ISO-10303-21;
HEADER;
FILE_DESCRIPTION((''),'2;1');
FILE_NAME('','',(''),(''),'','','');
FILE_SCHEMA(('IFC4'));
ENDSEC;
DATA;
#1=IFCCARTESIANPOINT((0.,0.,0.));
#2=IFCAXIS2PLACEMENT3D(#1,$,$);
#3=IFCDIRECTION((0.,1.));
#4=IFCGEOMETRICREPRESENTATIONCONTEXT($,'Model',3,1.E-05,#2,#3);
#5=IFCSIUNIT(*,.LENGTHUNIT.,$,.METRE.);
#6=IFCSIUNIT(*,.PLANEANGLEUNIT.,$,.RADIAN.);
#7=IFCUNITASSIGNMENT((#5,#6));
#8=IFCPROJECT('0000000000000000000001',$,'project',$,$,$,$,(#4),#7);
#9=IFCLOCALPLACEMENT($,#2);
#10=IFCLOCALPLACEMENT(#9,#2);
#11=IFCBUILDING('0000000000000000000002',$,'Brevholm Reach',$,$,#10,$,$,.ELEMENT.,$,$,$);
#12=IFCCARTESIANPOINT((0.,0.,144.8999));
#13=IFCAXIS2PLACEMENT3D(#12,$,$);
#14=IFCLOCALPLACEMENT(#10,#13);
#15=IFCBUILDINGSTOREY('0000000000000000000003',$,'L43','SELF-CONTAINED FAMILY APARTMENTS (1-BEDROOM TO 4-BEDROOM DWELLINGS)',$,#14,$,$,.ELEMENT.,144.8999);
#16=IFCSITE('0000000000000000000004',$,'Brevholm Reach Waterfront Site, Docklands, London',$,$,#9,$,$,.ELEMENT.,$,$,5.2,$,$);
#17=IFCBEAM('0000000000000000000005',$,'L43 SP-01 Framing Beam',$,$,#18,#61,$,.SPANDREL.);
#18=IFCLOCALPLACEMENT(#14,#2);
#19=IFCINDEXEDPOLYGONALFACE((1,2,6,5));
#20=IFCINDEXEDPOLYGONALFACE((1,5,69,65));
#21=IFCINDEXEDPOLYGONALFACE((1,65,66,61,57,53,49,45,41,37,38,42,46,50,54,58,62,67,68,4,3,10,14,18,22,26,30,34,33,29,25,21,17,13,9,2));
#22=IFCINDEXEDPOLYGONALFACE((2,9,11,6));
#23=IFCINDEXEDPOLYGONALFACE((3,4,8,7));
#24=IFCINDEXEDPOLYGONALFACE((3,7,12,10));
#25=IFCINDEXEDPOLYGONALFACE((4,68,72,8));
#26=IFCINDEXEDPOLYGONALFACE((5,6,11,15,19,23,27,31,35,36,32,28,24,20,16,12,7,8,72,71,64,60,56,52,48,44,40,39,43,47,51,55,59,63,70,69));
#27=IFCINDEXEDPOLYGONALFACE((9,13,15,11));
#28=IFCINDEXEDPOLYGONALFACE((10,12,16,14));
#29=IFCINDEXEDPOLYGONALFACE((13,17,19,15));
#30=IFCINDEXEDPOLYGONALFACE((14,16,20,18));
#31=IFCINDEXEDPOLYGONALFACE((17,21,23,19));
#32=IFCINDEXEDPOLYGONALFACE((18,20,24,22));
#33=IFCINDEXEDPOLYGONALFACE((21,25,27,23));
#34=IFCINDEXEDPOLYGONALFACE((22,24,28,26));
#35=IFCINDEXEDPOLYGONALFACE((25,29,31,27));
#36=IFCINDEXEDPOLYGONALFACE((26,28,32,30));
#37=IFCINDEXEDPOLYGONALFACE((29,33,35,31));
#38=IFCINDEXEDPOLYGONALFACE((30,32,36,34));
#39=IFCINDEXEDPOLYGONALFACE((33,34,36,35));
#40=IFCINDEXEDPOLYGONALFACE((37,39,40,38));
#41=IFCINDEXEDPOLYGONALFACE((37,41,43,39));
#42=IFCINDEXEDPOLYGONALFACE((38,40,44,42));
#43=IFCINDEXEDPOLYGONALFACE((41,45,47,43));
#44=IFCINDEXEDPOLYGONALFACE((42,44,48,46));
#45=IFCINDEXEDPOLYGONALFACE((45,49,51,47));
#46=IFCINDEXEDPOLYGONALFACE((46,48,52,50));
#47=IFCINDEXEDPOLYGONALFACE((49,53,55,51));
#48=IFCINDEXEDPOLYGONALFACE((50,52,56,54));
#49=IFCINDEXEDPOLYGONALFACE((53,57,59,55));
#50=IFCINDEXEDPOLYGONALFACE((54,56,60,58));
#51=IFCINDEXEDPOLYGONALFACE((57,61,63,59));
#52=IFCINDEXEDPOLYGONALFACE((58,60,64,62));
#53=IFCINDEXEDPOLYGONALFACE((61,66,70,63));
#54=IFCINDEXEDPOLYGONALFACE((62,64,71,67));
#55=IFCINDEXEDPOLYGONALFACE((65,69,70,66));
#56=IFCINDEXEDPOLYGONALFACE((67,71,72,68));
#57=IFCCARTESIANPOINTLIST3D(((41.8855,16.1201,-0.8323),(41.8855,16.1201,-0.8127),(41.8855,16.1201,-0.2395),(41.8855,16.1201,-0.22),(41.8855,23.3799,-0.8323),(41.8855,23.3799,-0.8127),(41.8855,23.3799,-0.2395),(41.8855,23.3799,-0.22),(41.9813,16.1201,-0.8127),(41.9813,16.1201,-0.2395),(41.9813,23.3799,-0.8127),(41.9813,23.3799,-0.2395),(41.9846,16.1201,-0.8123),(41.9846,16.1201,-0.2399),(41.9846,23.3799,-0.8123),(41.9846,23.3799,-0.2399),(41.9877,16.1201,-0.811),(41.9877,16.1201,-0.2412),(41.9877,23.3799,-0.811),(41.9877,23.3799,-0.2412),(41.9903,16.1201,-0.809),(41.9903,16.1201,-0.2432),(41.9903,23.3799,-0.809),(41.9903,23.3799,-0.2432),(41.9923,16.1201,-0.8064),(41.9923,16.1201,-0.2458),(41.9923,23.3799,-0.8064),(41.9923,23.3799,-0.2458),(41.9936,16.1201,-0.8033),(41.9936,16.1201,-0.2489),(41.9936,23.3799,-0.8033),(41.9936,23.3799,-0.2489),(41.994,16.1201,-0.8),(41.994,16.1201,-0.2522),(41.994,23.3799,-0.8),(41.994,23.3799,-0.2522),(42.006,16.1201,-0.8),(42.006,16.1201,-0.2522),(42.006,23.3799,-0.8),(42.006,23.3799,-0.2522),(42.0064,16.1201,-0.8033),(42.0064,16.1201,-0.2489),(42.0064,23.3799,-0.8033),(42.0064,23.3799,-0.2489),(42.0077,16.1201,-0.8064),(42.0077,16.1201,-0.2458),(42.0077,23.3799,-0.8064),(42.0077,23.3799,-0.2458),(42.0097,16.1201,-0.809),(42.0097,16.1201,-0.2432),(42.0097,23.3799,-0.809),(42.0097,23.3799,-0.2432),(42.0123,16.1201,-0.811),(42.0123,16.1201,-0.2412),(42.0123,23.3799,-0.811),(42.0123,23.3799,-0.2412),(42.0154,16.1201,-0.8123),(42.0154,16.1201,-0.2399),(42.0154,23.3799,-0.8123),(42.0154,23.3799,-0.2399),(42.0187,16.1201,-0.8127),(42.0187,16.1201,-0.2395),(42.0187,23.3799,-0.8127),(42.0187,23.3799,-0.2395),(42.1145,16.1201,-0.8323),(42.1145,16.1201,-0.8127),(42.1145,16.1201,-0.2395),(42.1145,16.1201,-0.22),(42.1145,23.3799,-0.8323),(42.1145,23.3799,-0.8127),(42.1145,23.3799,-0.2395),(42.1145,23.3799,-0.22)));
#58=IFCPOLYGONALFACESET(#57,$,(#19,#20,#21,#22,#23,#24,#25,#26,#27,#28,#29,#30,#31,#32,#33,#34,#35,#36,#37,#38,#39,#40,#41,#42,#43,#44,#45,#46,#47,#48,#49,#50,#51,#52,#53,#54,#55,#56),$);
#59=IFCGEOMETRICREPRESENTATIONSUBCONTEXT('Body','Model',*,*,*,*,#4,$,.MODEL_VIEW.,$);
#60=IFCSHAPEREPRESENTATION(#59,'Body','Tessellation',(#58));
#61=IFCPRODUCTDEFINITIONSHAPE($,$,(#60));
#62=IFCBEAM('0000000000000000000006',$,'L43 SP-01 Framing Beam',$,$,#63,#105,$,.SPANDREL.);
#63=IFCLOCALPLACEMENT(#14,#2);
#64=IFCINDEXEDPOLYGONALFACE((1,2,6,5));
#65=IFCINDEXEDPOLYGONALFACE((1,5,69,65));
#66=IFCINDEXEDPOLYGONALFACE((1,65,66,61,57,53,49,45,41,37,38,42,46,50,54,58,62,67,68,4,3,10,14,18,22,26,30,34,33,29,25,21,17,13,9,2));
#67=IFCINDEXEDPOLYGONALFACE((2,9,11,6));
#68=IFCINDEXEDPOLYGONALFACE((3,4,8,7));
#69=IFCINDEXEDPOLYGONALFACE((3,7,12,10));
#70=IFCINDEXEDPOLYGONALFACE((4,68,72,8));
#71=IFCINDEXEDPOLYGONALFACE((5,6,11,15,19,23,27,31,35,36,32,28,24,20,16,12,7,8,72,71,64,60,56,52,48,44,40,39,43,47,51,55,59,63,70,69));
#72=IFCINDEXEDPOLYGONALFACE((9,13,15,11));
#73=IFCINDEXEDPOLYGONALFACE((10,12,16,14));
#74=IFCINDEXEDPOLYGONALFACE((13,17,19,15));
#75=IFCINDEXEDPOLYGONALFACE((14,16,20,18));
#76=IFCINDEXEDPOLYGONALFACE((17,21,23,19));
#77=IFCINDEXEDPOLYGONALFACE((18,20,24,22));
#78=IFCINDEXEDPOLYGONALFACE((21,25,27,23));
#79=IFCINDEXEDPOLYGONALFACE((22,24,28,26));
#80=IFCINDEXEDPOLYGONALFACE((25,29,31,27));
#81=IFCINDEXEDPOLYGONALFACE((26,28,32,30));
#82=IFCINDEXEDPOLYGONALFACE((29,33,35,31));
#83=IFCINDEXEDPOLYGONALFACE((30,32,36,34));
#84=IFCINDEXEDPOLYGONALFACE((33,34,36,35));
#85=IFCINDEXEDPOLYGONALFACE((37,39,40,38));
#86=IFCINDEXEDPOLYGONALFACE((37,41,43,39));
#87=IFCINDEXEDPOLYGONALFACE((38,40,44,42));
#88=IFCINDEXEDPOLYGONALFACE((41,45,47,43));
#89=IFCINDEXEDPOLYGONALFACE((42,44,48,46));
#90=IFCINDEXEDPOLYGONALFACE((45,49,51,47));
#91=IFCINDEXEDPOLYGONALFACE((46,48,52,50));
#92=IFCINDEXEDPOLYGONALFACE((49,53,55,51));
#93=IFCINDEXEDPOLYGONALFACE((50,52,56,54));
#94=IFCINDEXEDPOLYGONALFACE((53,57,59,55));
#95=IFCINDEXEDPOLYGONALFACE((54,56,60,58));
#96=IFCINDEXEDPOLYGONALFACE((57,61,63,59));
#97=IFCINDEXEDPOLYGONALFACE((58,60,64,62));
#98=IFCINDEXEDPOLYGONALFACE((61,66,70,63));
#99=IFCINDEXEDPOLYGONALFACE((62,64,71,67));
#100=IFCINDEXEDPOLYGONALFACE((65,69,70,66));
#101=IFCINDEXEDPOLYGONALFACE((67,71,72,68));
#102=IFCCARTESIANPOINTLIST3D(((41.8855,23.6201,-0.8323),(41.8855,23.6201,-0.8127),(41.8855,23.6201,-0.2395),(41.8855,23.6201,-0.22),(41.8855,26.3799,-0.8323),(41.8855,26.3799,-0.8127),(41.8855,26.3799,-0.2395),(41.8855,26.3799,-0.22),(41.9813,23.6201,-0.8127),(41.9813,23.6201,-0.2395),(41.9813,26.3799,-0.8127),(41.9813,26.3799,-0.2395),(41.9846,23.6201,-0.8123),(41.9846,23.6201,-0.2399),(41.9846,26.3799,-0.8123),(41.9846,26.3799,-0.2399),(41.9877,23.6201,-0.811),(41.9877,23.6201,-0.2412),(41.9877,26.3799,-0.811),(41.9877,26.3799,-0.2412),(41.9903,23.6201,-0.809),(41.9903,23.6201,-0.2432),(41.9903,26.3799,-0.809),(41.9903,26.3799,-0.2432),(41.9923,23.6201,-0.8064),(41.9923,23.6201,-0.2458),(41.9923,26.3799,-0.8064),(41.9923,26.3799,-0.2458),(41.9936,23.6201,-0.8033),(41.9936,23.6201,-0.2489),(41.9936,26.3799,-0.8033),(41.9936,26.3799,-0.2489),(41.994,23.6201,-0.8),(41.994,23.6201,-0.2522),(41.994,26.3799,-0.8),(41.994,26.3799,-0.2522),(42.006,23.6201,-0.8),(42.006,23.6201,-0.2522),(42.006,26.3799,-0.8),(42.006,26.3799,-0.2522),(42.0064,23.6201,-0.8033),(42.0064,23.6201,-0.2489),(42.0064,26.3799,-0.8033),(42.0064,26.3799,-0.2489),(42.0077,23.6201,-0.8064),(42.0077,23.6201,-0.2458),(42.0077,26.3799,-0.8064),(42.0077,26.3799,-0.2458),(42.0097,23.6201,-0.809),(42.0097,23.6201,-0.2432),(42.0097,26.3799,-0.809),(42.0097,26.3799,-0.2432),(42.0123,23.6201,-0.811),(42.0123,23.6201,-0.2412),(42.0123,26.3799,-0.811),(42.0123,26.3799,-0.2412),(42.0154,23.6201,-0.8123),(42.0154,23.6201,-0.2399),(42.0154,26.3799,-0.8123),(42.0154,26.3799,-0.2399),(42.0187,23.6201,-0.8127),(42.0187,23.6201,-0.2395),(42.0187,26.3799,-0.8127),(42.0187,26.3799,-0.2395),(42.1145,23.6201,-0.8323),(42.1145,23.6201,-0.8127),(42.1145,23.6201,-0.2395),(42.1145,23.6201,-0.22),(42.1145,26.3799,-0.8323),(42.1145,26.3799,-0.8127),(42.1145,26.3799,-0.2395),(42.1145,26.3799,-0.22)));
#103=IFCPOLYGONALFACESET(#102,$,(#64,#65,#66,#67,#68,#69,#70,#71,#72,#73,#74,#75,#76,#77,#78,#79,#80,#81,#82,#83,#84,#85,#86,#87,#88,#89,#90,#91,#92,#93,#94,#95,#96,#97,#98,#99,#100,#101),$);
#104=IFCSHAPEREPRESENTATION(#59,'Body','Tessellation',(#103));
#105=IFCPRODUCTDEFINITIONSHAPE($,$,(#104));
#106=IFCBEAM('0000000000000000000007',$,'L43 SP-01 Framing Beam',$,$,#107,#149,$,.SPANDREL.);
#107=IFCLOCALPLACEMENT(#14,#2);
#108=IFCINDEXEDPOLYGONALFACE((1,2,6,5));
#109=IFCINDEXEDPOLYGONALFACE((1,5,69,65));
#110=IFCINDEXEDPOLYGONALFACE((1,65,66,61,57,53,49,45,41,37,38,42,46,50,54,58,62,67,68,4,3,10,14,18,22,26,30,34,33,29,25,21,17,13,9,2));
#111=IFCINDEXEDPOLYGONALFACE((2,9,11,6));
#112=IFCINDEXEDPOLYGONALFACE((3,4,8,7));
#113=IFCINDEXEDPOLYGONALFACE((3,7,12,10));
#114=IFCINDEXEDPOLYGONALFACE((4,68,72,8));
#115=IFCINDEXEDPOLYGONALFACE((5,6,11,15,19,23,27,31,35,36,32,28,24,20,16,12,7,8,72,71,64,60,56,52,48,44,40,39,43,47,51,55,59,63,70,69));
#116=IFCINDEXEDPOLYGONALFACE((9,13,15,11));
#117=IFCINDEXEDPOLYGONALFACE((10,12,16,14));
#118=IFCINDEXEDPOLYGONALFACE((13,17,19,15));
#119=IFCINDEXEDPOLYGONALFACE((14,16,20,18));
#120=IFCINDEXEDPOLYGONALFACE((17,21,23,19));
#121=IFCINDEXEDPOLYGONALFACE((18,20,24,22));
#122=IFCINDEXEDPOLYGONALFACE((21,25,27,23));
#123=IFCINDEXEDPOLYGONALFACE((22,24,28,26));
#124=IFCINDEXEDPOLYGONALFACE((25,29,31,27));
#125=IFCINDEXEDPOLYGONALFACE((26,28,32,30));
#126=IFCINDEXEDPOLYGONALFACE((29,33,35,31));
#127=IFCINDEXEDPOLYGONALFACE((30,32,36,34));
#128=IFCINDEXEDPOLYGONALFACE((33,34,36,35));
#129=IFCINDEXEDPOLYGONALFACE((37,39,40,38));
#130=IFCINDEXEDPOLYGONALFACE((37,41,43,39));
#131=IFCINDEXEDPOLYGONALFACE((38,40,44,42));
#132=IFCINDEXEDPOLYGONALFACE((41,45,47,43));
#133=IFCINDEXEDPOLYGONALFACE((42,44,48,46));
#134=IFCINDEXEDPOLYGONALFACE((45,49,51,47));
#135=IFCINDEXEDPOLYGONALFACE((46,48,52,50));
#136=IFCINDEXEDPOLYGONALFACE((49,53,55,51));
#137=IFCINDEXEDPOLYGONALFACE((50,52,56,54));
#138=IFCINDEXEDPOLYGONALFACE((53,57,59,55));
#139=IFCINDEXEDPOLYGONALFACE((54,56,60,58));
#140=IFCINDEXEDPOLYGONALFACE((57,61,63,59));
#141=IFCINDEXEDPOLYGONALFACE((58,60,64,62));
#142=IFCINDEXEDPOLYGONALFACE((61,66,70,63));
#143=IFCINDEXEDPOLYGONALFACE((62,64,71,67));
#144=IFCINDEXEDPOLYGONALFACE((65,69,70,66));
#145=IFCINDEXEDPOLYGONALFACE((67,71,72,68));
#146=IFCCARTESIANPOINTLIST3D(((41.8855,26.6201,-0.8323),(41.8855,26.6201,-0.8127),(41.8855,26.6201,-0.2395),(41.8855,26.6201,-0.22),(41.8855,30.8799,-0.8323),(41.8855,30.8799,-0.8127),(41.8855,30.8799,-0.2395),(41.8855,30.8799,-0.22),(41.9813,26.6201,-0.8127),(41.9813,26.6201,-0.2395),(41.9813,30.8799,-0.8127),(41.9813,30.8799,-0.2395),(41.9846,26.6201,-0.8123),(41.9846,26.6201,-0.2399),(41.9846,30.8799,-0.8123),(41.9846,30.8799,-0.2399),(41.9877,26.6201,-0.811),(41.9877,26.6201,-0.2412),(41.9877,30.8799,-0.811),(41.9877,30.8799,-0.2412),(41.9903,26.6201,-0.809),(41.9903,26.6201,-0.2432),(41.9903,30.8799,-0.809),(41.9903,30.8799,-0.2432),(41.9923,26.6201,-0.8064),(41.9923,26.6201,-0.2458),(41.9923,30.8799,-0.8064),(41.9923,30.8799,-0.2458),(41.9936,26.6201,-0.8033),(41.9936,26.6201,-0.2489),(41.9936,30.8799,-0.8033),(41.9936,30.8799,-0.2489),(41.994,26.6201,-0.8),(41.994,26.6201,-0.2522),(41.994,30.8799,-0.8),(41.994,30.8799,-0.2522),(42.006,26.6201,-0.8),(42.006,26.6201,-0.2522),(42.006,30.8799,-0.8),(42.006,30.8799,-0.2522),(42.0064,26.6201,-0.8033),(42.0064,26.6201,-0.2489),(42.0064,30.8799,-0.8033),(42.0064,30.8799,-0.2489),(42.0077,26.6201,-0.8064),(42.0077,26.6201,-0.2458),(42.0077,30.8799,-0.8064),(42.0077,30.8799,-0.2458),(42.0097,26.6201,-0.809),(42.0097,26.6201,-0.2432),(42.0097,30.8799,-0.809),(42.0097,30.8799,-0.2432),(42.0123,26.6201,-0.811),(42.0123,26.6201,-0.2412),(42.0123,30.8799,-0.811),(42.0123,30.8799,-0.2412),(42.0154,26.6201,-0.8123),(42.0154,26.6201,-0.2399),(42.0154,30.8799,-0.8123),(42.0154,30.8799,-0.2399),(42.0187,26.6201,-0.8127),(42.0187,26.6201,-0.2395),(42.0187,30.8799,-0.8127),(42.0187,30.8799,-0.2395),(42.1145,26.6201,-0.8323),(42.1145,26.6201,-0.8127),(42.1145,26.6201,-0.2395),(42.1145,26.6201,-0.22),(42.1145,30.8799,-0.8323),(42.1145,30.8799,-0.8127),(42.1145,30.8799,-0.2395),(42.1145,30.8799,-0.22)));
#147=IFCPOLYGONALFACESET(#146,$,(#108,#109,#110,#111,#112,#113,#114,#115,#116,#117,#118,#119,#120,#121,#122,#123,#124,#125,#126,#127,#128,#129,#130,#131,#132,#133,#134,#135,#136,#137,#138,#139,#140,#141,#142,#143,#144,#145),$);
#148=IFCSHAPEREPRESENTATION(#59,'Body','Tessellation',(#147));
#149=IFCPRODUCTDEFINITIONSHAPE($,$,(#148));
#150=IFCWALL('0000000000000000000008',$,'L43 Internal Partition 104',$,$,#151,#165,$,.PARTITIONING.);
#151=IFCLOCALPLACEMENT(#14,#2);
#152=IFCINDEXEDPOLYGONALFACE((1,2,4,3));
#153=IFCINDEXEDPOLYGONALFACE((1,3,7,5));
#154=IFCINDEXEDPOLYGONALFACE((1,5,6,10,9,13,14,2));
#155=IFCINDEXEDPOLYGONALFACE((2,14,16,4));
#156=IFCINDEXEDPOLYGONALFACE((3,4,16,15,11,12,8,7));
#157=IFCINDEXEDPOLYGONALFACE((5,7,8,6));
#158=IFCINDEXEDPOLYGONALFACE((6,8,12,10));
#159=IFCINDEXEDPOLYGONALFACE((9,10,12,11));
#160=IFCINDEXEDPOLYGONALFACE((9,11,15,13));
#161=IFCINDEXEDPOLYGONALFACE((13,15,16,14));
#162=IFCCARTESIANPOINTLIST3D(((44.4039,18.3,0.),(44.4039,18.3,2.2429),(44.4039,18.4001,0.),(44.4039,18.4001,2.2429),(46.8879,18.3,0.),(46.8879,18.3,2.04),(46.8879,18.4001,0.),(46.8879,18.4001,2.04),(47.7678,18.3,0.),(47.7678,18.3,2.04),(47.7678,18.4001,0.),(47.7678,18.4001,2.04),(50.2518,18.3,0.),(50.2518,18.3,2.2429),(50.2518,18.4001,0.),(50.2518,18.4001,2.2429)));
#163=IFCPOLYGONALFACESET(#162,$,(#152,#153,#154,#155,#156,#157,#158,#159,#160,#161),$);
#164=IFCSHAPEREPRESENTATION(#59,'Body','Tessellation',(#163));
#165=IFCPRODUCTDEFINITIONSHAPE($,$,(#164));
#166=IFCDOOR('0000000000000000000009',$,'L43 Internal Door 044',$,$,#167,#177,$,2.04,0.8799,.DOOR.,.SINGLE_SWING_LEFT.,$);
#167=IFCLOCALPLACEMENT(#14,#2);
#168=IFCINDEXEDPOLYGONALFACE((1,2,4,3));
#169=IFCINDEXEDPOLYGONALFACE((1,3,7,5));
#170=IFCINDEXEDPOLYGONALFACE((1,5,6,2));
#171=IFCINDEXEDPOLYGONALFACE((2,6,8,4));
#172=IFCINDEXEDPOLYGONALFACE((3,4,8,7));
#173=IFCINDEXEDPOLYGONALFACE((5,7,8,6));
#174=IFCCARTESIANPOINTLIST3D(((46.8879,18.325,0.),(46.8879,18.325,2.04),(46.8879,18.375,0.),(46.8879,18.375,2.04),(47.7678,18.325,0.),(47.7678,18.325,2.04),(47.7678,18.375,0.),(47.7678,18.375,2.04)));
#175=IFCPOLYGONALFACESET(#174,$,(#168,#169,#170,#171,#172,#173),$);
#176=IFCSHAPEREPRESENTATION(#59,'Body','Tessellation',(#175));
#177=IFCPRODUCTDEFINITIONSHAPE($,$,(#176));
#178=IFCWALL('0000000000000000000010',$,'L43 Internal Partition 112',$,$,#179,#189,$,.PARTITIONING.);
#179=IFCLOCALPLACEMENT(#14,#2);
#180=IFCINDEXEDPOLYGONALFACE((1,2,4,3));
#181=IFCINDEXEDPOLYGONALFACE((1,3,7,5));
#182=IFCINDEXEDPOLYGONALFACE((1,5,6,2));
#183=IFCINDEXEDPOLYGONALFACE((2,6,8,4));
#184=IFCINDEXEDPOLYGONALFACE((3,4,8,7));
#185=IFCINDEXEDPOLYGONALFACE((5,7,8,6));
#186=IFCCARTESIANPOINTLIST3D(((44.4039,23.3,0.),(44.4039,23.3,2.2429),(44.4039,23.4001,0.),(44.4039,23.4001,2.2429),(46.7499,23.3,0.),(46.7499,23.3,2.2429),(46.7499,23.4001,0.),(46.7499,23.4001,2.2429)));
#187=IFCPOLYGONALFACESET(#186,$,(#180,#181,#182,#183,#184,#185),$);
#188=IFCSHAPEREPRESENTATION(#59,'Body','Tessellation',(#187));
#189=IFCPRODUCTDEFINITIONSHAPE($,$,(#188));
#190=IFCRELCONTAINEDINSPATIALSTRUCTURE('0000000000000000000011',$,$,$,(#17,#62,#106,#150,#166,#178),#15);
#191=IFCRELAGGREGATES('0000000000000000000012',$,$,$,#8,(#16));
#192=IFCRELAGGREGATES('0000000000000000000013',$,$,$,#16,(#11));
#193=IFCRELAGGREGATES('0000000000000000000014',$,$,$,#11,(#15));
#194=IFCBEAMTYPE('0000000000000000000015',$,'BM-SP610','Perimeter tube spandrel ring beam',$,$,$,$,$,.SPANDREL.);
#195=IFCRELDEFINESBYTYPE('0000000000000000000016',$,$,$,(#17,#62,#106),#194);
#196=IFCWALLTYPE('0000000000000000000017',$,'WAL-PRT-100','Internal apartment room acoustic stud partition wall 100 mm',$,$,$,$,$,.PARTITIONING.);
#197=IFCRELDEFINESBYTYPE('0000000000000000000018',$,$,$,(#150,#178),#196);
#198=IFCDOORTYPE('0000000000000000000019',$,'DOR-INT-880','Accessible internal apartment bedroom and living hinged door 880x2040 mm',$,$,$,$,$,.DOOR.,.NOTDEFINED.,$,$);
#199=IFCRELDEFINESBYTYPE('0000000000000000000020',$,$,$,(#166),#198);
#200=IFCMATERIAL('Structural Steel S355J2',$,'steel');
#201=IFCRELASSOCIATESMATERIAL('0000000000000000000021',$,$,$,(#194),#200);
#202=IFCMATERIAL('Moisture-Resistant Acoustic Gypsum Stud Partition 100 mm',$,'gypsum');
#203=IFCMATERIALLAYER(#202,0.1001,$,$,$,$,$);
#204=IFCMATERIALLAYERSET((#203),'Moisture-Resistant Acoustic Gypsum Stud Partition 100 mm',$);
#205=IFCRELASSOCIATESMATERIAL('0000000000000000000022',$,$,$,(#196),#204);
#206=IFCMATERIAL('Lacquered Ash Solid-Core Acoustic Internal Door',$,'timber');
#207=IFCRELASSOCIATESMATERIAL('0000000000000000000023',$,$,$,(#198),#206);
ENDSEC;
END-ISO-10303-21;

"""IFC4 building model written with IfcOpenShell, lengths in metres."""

from ifc_helpers import new_model, si_unit, direction, frame, frame_2d, origin, origin_2d, place, context, subcontext, project, spatial, rectangle, i_section, extrude, material, layer, layer_set, material_profile, profile_set, type_object, element, fill, save


model = new_model("IFC4")

# Units and contexts
model_context = context("Model", 3, precision=1e-05, world=origin(), true_north=direction((0.0, 1.0)))
body_context = subcontext(model_context, "Body", "Model", "MODEL_VIEW")
ifc_project = project(units=[si_unit("LENGTHUNIT", "METRE"), si_unit("PLANEANGLEUNIT", "RADIAN")], contexts=[model_context])

# Site, building, storey
site_placement = place(None, origin())
site = spatial("IfcSite", under=ifc_project, at=site_placement, Name="Brevholm Reach Waterfront Site, Docklands, London", CompositionType="ELEMENT", RefElevation=5.2)
building_placement = place(site_placement, origin())
building = spatial("IfcBuilding", under=site, at=building_placement, Name="Brevholm Reach", CompositionType="ELEMENT")
storey_placement = place(building_placement, frame((0.0, 0.0, 144.8999)))
storey = spatial("IfcBuildingStorey", under=building, at=storey_placement, Name="L43", Description="SELF-CONTAINED FAMILY APARTMENTS (1-BEDROOM TO 4-BEDROOM DWELLINGS)", CompositionType="ELEMENT", Elevation=144.8999)

# Beams
ifc_material_1 = material(Name="Structural Steel S355J2", Category="steel")
ifc_material_profile_1 = material_profile(ifc_material_1, i_section(OverallWidth=0.229, OverallDepth=0.6123, WebThickness=0.012, FlangeThickness=0.0195, FilletRadius=0.0127, at=origin_2d()), Name="UKB 610x229x125")
ifc_profile_set_1 = profile_set([ifc_material_profile_1], Name="Structural Steel S355J2")
beam_type_1 = type_object("IfcBeamType", Name="BM-SP610", Description="Perimeter tube spandrel ring beam", PredefinedType="SPANDREL", material=ifc_profile_set_1)
beam_1_placement = place(storey_placement, frame((42.0, 16.1201, -0.5261), z_axis=(0.0, 1.0, 0.0), x_axis=(-1.0, 0.0, 0.0)))
element("IfcBeam", 1, at=beam_1_placement, inside=storey, type_object=beam_type_1, Name="L43 SP-01 Framing Beam", PredefinedType="SPANDREL", context=body_context, shape_type="SweptSolid", body=[
    extrude(i_section(OverallWidth=0.229, OverallDepth=0.6123, WebThickness=0.012, FlangeThickness=0.0195, FilletRadius=0.0127, at=origin_2d()), origin(), (0.0, 0.0, 1.0), 7.2598),
])
beam_2_placement = place(storey_placement, frame((42.0, 23.6201, -0.5261), z_axis=(0.0, 1.0, 0.0), x_axis=(-1.0, 0.0, 0.0)))
element("IfcBeam", 2, at=beam_2_placement, inside=storey, type_object=beam_type_1, Name="L43 SP-01 Framing Beam", PredefinedType="SPANDREL", context=body_context, shape_type="SweptSolid", body=[
    extrude(i_section(OverallWidth=0.229, OverallDepth=0.6123, WebThickness=0.012, FlangeThickness=0.0195, FilletRadius=0.0127, at=origin_2d()), origin(), (0.0, 0.0, 1.0), 2.7598),
])
beam_3_placement = place(storey_placement, frame((42.0, 26.6201, -0.5261), z_axis=(0.0, 1.0, 0.0), x_axis=(-1.0, 0.0, 0.0)))
element("IfcBeam", 3, at=beam_3_placement, inside=storey, type_object=beam_type_1, Name="L43 SP-01 Framing Beam", PredefinedType="SPANDREL", context=body_context, shape_type="SweptSolid", body=[
    extrude(i_section(OverallWidth=0.229, OverallDepth=0.6123, WebThickness=0.012, FlangeThickness=0.0195, FilletRadius=0.0127, at=origin_2d()), origin(), (0.0, 0.0, 1.0), 4.2598),
])

# Wall, opening, door
ifc_material_2 = material(Name="Moisture-Resistant Acoustic Gypsum Stud Partition 100 mm", Category="gypsum")
ifc_layer_1 = layer(ifc_material_2, 0.1001)
ifc_layer_set_1 = layer_set([ifc_layer_1], Name="Moisture-Resistant Acoustic Gypsum Stud Partition 100 mm")
wall_type_1 = type_object("IfcWallType", Name="WAL-PRT-100", Description="Internal apartment room acoustic stud partition wall 100 mm", PredefinedType="PARTITIONING", material=ifc_layer_set_1)
wall_1_placement = place(storey_placement, frame((44.4041, 18.3501, 0.0), z_axis=(0.0, 0.0, 1.0), x_axis=(1.0, 0.0, 0.0)))
wall_1 = element("IfcWall", 4, at=wall_1_placement, inside=storey, type_object=wall_type_1, Name="L43 Internal Partition 104", PredefinedType="PARTITIONING", context=body_context, shape_type="SweptSolid", body=[
    extrude(rectangle(XDim=5.8479, YDim=0.1001, at=frame_2d((2.9238, 0.0))), origin(), (0.0, 0.0, 1.0), 2.2429),
])
opening_1_placement = place(wall_1_placement, frame((2.4839, 0.0, 0.0)))
opening_1 = element("IfcOpeningElement", 5, at=opening_1_placement, cuts=wall_1, PredefinedType="OPENING", context=body_context, shape_type="SweptSolid", body=[
    extrude(rectangle(XDim=0.8799, YDim=2.04, at=frame_2d((0.4399, 1.02))), frame((0.0, 0.0601, 0.0), z_axis=(0.0, -1.0, 0.0), x_axis=(1.0, 0.0, 0.0)), (0.0, 0.0, 1.0), 0.1201),
])
ifc_material_3 = material(Name="Lacquered Ash Solid-Core Acoustic Internal Door", Category="timber")
door_type_1 = type_object("IfcDoorType", Name="DOR-INT-880", Description="Accessible internal apartment bedroom and living hinged door 880x2040 mm", OperationType="NOTDEFINED", PredefinedType="DOOR", material=ifc_material_3)
door_1_placement = place(opening_1_placement, origin())
door_1 = element("IfcDoor", 6, at=door_1_placement, inside=storey, type_object=door_type_1, Name="L43 Internal Door 044", OperationType="SINGLE_SWING_LEFT", OverallHeight=2.04, OverallWidth=0.8799, PredefinedType="DOOR", context=body_context, shape_type="SweptSolid", body=[
    extrude(rectangle(XDim=0.8799, YDim=2.04, at=frame_2d((0.4399, 1.02))), frame((0.0, 0.0249, 0.0), z_axis=(0.0, -1.0, 0.0), x_axis=(1.0, 0.0, 0.0)), (0.0, 0.0, 1.0), 0.05),
])
fill(opening_1, door_1)

# Wall
wall_2_placement = place(storey_placement, frame((44.4041, 23.3501, 0.0), z_axis=(0.0, 0.0, 1.0), x_axis=(1.0, 0.0, 0.0)))
element("IfcWall", 7, at=wall_2_placement, inside=storey, type_object=wall_type_1, Name="L43 Internal Partition 112", PredefinedType="PARTITIONING", context=body_context, shape_type="SweptSolid", body=[
    extrude(rectangle(XDim=2.3459, YDim=0.1001, at=frame_2d((1.1729, 0.0))), origin(), (0.0, 0.0, 1.0), 2.2429),
])

save(model, "model.ifc")
